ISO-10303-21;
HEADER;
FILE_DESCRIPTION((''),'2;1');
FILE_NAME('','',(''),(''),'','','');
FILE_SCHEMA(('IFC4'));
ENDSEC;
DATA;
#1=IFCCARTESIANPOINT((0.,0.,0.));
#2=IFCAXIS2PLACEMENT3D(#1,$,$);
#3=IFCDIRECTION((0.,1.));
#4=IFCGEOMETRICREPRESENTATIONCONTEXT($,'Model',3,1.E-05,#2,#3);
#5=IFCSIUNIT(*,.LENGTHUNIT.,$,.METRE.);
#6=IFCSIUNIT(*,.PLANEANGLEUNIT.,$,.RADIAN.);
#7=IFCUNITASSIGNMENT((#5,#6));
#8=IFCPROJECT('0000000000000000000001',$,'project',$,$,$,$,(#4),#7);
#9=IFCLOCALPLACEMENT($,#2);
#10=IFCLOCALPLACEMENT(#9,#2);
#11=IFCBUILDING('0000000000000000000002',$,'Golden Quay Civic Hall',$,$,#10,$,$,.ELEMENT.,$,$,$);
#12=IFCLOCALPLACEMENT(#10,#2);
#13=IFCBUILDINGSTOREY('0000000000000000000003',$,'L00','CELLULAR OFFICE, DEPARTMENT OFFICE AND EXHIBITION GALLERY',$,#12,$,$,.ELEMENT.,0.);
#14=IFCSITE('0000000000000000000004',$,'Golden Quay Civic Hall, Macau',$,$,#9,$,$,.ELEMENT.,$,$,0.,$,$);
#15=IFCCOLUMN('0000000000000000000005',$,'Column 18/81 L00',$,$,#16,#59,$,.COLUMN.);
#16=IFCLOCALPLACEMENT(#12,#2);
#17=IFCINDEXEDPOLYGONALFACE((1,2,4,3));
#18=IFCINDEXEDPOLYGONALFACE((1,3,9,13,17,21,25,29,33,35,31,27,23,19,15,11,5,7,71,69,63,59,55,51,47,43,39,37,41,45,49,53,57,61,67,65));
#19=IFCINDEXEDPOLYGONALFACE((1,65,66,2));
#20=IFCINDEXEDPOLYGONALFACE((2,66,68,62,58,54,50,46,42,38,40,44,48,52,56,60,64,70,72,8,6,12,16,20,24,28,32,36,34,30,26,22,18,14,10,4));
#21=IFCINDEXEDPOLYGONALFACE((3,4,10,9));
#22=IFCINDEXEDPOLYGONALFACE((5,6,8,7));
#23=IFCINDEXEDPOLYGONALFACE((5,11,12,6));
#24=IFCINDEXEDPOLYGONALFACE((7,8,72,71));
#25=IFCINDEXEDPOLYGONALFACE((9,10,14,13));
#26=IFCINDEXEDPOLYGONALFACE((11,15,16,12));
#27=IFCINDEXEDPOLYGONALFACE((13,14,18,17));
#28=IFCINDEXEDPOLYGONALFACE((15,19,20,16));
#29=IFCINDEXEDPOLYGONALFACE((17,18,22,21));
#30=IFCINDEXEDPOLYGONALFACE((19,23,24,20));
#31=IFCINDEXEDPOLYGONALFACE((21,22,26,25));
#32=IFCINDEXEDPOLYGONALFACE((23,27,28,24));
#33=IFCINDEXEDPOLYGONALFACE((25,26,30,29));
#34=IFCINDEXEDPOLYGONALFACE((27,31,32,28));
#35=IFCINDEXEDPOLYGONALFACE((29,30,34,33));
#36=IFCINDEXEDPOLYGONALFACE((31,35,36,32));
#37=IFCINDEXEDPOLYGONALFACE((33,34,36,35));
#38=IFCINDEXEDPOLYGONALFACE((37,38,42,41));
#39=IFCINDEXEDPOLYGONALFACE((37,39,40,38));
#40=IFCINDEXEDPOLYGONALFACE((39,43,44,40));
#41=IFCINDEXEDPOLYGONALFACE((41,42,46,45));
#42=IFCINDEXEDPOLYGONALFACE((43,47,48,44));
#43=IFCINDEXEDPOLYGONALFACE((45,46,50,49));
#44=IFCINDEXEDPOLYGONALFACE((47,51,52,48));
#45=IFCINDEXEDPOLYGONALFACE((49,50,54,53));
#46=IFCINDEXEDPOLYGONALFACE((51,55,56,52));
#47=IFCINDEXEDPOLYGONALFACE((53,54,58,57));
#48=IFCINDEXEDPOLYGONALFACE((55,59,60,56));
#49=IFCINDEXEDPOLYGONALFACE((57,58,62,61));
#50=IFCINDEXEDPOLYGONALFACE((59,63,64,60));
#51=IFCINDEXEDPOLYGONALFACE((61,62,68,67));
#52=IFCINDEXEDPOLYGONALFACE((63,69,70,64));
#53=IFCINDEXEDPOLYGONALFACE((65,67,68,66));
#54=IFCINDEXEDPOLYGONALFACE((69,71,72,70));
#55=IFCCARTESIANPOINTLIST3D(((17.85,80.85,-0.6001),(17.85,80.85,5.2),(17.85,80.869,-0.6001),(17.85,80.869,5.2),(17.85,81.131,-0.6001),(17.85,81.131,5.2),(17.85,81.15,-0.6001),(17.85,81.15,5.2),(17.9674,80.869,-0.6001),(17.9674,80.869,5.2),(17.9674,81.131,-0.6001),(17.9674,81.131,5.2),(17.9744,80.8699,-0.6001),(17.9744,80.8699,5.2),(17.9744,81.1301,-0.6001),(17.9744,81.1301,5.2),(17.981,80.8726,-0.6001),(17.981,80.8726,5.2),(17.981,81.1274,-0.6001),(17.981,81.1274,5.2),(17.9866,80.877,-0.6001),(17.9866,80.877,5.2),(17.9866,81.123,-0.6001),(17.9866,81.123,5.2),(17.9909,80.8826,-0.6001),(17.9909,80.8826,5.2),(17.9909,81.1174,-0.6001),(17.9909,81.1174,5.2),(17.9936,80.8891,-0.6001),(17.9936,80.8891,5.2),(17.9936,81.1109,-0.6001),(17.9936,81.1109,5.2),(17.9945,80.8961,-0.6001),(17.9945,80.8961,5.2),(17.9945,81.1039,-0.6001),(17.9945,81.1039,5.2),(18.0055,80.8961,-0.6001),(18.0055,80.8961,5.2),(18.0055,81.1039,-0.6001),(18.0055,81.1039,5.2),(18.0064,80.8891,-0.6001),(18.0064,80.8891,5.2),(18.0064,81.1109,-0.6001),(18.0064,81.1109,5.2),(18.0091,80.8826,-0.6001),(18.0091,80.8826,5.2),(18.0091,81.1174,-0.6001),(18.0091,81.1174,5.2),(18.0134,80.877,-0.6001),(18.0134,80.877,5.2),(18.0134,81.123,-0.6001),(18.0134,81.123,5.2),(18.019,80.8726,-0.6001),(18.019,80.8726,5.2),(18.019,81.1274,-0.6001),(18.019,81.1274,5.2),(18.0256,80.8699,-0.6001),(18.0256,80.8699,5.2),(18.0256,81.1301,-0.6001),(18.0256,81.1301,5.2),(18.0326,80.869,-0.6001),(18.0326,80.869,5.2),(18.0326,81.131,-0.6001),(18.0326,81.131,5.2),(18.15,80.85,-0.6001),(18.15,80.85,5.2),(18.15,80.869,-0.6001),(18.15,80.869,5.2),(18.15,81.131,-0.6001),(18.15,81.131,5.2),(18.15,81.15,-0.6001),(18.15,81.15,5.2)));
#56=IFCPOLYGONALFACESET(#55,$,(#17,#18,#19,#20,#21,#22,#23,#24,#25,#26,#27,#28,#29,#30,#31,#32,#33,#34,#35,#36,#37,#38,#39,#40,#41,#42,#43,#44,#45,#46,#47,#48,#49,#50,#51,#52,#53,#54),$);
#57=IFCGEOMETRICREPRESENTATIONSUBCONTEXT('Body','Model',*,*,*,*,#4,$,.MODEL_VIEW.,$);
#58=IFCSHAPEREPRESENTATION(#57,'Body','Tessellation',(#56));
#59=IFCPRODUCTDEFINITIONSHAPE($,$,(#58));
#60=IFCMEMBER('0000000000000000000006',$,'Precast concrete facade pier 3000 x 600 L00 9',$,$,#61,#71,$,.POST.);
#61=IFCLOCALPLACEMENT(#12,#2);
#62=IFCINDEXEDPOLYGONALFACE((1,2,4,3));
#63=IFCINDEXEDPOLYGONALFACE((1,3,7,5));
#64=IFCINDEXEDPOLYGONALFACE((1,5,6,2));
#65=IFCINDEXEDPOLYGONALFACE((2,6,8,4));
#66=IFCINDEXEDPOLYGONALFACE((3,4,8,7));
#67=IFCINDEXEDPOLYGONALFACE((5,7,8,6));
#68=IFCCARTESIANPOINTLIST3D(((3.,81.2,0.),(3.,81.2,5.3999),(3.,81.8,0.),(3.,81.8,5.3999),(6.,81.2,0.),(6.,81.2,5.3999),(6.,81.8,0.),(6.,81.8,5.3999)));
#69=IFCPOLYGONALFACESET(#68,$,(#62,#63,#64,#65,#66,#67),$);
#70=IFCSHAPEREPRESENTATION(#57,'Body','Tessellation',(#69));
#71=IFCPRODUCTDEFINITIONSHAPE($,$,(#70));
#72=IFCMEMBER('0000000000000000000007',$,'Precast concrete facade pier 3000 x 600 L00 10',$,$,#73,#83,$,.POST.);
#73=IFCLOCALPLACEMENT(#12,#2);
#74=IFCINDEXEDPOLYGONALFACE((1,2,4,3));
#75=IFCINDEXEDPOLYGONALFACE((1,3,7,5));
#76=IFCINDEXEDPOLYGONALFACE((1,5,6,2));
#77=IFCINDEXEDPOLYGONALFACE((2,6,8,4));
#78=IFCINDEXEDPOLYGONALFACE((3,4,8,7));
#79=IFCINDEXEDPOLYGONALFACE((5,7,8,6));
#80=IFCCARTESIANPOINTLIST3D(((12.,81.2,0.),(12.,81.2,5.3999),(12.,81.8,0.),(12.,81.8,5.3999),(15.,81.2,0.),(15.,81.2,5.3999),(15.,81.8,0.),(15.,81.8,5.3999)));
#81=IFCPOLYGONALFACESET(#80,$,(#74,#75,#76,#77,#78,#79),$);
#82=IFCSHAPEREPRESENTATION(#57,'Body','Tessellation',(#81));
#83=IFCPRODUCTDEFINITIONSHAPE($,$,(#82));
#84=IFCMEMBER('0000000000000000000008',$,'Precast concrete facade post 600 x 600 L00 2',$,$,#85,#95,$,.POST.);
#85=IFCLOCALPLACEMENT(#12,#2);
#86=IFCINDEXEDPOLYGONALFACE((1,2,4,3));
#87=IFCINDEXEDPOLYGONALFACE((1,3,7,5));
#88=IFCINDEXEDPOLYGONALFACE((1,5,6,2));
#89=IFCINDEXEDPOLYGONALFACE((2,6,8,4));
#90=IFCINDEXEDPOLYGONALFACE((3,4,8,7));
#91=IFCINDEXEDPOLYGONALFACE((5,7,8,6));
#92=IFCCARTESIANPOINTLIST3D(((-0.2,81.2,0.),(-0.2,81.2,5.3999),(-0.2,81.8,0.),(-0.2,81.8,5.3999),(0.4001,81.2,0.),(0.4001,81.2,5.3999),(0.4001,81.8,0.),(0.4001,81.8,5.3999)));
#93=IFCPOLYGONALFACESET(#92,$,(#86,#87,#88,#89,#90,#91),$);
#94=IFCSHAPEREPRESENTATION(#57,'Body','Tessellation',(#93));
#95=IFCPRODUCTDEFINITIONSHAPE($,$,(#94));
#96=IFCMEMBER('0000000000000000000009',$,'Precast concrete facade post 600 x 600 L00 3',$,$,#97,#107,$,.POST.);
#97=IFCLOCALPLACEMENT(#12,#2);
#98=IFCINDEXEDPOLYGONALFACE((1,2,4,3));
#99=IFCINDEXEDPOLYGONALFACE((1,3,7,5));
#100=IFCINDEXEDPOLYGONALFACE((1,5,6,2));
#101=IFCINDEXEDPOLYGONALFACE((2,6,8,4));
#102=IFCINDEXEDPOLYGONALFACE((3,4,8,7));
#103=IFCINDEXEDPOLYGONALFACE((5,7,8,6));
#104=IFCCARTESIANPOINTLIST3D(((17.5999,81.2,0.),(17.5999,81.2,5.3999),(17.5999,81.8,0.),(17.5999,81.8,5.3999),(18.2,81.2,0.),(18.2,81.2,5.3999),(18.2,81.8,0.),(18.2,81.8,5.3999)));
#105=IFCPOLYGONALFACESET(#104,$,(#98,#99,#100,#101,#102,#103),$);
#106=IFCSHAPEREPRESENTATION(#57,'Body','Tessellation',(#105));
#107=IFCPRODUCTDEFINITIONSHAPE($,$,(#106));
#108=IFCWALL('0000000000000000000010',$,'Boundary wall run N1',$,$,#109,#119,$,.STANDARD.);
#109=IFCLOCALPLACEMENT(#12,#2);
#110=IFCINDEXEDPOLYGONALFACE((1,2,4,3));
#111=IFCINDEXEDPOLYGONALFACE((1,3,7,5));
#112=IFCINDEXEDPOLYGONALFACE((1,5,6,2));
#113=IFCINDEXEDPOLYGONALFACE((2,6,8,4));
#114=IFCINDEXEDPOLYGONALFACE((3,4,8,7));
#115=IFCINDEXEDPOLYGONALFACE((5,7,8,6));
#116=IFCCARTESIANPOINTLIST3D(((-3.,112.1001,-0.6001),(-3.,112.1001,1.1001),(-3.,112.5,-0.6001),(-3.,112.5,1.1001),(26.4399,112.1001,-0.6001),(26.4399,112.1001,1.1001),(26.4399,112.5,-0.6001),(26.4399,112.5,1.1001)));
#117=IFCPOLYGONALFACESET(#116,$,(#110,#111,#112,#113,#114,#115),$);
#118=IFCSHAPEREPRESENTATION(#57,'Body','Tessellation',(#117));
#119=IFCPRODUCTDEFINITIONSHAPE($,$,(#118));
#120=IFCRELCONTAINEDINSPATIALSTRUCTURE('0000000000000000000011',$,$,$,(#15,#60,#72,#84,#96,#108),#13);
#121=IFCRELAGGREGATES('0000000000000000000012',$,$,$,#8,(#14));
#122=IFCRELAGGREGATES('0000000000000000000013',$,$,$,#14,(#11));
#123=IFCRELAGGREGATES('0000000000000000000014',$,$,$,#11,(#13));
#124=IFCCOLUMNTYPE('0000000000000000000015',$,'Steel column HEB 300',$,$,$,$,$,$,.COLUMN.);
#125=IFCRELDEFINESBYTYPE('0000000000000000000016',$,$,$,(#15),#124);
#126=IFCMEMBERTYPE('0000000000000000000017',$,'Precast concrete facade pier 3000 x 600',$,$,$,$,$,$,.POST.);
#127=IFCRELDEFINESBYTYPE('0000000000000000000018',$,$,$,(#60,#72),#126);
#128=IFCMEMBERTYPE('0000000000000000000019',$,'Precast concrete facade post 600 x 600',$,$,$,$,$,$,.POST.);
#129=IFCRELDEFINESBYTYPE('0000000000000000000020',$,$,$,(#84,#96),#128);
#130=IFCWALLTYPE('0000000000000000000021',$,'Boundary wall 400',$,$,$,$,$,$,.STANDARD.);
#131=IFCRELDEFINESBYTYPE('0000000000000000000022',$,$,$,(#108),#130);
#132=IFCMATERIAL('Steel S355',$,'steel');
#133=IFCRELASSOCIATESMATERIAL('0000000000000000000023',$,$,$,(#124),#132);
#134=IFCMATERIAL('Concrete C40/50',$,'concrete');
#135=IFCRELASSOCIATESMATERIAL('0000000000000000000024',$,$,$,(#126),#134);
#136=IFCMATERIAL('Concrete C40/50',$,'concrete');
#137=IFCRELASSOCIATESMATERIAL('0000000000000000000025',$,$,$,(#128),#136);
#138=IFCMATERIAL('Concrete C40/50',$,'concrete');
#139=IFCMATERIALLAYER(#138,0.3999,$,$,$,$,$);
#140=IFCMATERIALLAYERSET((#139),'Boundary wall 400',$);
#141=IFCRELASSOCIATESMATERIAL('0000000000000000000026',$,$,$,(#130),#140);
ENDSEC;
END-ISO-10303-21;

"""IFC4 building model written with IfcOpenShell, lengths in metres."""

from ifc_helpers import new_model, si_unit, direction, frame, frame_2d, origin, origin_2d, place, context, subcontext, project, spatial, rectangle, i_section, extrude, material, layer, layer_set, material_profile, profile_set, type_object, element, save


model = new_model("IFC4")

# Units and contexts
model_context = context("Model", 3, precision=1e-05, world=origin(), true_north=direction((0.0, 1.0)))
body_context = subcontext(model_context, "Body", "Model", "MODEL_VIEW")
ifc_project = project(units=[si_unit("LENGTHUNIT", "METRE"), si_unit("PLANEANGLEUNIT", "RADIAN")], contexts=[model_context])

# Site, building, storey
site_placement = place(None, origin())
site = spatial("IfcSite", under=ifc_project, at=site_placement, Name="Golden Quay Civic Hall, Macau", CompositionType="ELEMENT", RefElevation=0.0)
building_placement = place(site_placement, origin())
building = spatial("IfcBuilding", under=site, at=building_placement, Name="Golden Quay Civic Hall", CompositionType="ELEMENT")
storey_placement = place(building_placement, origin())
storey = spatial("IfcBuildingStorey", under=building, at=storey_placement, Name="L00", Description="CELLULAR OFFICE, DEPARTMENT OFFICE AND EXHIBITION GALLERY", CompositionType="ELEMENT", Elevation=0.0)

# Column
ifc_material_1 = material(Name="Steel S355", Category="steel")
ifc_material_profile_1 = material_profile(ifc_material_1, i_section(OverallWidth=0.3, OverallDepth=0.3, WebThickness=0.011, FlangeThickness=0.019, FilletRadius=0.0271, at=origin_2d()), Name="HEB 300")
ifc_profile_set_1 = profile_set([ifc_material_profile_1], Name="Steel S355")
column_type = type_object("IfcColumnType", Name="Steel column HEB 300", PredefinedType="COLUMN", material=ifc_profile_set_1)
column_placement = place(storey_placement, frame((18.0, 81.0, -0.6001), z_axis=(0.0, 0.0, 1.0), x_axis=(1.0, 0.0, 0.0)))
element("IfcColumn", 1, at=column_placement, inside=storey, type_object=column_type, Name="Column 18/81 L00", PredefinedType="COLUMN", context=body_context, shape_type="SweptSolid", body=[
    extrude(i_section(OverallWidth=0.3, OverallDepth=0.3, WebThickness=0.011, FlangeThickness=0.019, FilletRadius=0.0271, at=origin_2d()), origin(), (0.0, 0.0, 1.0), 5.8),
])

# Members
ifc_material_2 = material(Name="Concrete C40/50", Category="concrete")
ifc_material_profile_2 = material_profile(ifc_material_2, rectangle(XDim=3.0, YDim=0.6001, at=origin_2d()), Name="RC 3000x600")
ifc_profile_set_2 = profile_set([ifc_material_profile_2], Name="Concrete C40/50")
member_type_1 = type_object("IfcMemberType", Name="Precast concrete facade pier 3000 x 600", PredefinedType="POST", material=ifc_profile_set_2)
for number, where, z_axis, x_axis, name in (
    (2, (4.5, 81.5, 0.0), (0.0, 0.0, 1.0), (1.0, 0.0, 0.0), "Precast concrete facade pier 3000 x 600 L00 9"),
    (3, (13.5, 81.5, 0.0), (0.0, 0.0, 1.0), (1.0, 0.0, 0.0), "Precast concrete facade pier 3000 x 600 L00 10"),
):
    element("IfcMember", number, at=place(storey_placement, frame(where, z_axis=z_axis, x_axis=x_axis)), inside=storey, type_object=member_type_1, Name=name, PredefinedType="POST", context=body_context, shape_type="SweptSolid", body=[
        extrude(rectangle(XDim=3.0, YDim=0.6001, at=origin_2d()), origin(), (0.0, 0.0, 1.0), 5.3999),
    ])
ifc_material_3 = material(Name="Concrete C40/50", Category="concrete")
ifc_material_profile_3 = material_profile(ifc_material_3, rectangle(XDim=0.6001, YDim=0.6001, at=origin_2d()), Name="RC 600x600")
ifc_profile_set_3 = profile_set([ifc_material_profile_3], Name="Concrete C40/50")
member_type_2 = type_object("IfcMemberType", Name="Precast concrete facade post 600 x 600", PredefinedType="POST", material=ifc_profile_set_3)
for number, where, z_axis, x_axis, name in (
    (4, (0.1001, 81.5, 0.0), (0.0, 0.0, 1.0), (1.0, 0.0, 0.0), "Precast concrete facade post 600 x 600 L00 2"),
    (5, (17.8999, 81.5, 0.0), (0.0, 0.0, 1.0), (1.0, 0.0, 0.0), "Precast concrete facade post 600 x 600 L00 3"),
):
    element("IfcMember", number, at=place(storey_placement, frame(where, z_axis=z_axis, x_axis=x_axis)), inside=storey, type_object=member_type_2, Name=name, PredefinedType="POST", context=body_context, shape_type="SweptSolid", body=[
        extrude(rectangle(XDim=0.6001, YDim=0.6001, at=origin_2d()), origin(), (0.0, 0.0, 1.0), 5.3999),
    ])

# Wall
ifc_material_4 = material(Name="Concrete C40/50", Category="concrete")
ifc_layer_1 = layer(ifc_material_4, 0.3999)
ifc_layer_set_1 = layer_set([ifc_layer_1], Name="Boundary wall 400")
wall_type_1 = type_object("IfcWallType", Name="Boundary wall 400", PredefinedType="STANDARD", material=ifc_layer_set_1)
wall_1_placement = place(storey_placement, frame((-3.0, 112.3, -0.6001), z_axis=(0.0, 0.0, 1.0), x_axis=(1.0, 0.0, 0.0)))
element("IfcWall", 6, at=wall_1_placement, inside=storey, type_object=wall_type_1, Name="Boundary wall run N1", PredefinedType="STANDARD", context=body_context, shape_type="SweptSolid", body=[
    extrude(rectangle(XDim=29.4399, YDim=0.3999, at=frame_2d((14.72, 0.0))), origin(), (0.0, 0.0, 1.0), 1.7002),
])

save(model, "model.ifc")
